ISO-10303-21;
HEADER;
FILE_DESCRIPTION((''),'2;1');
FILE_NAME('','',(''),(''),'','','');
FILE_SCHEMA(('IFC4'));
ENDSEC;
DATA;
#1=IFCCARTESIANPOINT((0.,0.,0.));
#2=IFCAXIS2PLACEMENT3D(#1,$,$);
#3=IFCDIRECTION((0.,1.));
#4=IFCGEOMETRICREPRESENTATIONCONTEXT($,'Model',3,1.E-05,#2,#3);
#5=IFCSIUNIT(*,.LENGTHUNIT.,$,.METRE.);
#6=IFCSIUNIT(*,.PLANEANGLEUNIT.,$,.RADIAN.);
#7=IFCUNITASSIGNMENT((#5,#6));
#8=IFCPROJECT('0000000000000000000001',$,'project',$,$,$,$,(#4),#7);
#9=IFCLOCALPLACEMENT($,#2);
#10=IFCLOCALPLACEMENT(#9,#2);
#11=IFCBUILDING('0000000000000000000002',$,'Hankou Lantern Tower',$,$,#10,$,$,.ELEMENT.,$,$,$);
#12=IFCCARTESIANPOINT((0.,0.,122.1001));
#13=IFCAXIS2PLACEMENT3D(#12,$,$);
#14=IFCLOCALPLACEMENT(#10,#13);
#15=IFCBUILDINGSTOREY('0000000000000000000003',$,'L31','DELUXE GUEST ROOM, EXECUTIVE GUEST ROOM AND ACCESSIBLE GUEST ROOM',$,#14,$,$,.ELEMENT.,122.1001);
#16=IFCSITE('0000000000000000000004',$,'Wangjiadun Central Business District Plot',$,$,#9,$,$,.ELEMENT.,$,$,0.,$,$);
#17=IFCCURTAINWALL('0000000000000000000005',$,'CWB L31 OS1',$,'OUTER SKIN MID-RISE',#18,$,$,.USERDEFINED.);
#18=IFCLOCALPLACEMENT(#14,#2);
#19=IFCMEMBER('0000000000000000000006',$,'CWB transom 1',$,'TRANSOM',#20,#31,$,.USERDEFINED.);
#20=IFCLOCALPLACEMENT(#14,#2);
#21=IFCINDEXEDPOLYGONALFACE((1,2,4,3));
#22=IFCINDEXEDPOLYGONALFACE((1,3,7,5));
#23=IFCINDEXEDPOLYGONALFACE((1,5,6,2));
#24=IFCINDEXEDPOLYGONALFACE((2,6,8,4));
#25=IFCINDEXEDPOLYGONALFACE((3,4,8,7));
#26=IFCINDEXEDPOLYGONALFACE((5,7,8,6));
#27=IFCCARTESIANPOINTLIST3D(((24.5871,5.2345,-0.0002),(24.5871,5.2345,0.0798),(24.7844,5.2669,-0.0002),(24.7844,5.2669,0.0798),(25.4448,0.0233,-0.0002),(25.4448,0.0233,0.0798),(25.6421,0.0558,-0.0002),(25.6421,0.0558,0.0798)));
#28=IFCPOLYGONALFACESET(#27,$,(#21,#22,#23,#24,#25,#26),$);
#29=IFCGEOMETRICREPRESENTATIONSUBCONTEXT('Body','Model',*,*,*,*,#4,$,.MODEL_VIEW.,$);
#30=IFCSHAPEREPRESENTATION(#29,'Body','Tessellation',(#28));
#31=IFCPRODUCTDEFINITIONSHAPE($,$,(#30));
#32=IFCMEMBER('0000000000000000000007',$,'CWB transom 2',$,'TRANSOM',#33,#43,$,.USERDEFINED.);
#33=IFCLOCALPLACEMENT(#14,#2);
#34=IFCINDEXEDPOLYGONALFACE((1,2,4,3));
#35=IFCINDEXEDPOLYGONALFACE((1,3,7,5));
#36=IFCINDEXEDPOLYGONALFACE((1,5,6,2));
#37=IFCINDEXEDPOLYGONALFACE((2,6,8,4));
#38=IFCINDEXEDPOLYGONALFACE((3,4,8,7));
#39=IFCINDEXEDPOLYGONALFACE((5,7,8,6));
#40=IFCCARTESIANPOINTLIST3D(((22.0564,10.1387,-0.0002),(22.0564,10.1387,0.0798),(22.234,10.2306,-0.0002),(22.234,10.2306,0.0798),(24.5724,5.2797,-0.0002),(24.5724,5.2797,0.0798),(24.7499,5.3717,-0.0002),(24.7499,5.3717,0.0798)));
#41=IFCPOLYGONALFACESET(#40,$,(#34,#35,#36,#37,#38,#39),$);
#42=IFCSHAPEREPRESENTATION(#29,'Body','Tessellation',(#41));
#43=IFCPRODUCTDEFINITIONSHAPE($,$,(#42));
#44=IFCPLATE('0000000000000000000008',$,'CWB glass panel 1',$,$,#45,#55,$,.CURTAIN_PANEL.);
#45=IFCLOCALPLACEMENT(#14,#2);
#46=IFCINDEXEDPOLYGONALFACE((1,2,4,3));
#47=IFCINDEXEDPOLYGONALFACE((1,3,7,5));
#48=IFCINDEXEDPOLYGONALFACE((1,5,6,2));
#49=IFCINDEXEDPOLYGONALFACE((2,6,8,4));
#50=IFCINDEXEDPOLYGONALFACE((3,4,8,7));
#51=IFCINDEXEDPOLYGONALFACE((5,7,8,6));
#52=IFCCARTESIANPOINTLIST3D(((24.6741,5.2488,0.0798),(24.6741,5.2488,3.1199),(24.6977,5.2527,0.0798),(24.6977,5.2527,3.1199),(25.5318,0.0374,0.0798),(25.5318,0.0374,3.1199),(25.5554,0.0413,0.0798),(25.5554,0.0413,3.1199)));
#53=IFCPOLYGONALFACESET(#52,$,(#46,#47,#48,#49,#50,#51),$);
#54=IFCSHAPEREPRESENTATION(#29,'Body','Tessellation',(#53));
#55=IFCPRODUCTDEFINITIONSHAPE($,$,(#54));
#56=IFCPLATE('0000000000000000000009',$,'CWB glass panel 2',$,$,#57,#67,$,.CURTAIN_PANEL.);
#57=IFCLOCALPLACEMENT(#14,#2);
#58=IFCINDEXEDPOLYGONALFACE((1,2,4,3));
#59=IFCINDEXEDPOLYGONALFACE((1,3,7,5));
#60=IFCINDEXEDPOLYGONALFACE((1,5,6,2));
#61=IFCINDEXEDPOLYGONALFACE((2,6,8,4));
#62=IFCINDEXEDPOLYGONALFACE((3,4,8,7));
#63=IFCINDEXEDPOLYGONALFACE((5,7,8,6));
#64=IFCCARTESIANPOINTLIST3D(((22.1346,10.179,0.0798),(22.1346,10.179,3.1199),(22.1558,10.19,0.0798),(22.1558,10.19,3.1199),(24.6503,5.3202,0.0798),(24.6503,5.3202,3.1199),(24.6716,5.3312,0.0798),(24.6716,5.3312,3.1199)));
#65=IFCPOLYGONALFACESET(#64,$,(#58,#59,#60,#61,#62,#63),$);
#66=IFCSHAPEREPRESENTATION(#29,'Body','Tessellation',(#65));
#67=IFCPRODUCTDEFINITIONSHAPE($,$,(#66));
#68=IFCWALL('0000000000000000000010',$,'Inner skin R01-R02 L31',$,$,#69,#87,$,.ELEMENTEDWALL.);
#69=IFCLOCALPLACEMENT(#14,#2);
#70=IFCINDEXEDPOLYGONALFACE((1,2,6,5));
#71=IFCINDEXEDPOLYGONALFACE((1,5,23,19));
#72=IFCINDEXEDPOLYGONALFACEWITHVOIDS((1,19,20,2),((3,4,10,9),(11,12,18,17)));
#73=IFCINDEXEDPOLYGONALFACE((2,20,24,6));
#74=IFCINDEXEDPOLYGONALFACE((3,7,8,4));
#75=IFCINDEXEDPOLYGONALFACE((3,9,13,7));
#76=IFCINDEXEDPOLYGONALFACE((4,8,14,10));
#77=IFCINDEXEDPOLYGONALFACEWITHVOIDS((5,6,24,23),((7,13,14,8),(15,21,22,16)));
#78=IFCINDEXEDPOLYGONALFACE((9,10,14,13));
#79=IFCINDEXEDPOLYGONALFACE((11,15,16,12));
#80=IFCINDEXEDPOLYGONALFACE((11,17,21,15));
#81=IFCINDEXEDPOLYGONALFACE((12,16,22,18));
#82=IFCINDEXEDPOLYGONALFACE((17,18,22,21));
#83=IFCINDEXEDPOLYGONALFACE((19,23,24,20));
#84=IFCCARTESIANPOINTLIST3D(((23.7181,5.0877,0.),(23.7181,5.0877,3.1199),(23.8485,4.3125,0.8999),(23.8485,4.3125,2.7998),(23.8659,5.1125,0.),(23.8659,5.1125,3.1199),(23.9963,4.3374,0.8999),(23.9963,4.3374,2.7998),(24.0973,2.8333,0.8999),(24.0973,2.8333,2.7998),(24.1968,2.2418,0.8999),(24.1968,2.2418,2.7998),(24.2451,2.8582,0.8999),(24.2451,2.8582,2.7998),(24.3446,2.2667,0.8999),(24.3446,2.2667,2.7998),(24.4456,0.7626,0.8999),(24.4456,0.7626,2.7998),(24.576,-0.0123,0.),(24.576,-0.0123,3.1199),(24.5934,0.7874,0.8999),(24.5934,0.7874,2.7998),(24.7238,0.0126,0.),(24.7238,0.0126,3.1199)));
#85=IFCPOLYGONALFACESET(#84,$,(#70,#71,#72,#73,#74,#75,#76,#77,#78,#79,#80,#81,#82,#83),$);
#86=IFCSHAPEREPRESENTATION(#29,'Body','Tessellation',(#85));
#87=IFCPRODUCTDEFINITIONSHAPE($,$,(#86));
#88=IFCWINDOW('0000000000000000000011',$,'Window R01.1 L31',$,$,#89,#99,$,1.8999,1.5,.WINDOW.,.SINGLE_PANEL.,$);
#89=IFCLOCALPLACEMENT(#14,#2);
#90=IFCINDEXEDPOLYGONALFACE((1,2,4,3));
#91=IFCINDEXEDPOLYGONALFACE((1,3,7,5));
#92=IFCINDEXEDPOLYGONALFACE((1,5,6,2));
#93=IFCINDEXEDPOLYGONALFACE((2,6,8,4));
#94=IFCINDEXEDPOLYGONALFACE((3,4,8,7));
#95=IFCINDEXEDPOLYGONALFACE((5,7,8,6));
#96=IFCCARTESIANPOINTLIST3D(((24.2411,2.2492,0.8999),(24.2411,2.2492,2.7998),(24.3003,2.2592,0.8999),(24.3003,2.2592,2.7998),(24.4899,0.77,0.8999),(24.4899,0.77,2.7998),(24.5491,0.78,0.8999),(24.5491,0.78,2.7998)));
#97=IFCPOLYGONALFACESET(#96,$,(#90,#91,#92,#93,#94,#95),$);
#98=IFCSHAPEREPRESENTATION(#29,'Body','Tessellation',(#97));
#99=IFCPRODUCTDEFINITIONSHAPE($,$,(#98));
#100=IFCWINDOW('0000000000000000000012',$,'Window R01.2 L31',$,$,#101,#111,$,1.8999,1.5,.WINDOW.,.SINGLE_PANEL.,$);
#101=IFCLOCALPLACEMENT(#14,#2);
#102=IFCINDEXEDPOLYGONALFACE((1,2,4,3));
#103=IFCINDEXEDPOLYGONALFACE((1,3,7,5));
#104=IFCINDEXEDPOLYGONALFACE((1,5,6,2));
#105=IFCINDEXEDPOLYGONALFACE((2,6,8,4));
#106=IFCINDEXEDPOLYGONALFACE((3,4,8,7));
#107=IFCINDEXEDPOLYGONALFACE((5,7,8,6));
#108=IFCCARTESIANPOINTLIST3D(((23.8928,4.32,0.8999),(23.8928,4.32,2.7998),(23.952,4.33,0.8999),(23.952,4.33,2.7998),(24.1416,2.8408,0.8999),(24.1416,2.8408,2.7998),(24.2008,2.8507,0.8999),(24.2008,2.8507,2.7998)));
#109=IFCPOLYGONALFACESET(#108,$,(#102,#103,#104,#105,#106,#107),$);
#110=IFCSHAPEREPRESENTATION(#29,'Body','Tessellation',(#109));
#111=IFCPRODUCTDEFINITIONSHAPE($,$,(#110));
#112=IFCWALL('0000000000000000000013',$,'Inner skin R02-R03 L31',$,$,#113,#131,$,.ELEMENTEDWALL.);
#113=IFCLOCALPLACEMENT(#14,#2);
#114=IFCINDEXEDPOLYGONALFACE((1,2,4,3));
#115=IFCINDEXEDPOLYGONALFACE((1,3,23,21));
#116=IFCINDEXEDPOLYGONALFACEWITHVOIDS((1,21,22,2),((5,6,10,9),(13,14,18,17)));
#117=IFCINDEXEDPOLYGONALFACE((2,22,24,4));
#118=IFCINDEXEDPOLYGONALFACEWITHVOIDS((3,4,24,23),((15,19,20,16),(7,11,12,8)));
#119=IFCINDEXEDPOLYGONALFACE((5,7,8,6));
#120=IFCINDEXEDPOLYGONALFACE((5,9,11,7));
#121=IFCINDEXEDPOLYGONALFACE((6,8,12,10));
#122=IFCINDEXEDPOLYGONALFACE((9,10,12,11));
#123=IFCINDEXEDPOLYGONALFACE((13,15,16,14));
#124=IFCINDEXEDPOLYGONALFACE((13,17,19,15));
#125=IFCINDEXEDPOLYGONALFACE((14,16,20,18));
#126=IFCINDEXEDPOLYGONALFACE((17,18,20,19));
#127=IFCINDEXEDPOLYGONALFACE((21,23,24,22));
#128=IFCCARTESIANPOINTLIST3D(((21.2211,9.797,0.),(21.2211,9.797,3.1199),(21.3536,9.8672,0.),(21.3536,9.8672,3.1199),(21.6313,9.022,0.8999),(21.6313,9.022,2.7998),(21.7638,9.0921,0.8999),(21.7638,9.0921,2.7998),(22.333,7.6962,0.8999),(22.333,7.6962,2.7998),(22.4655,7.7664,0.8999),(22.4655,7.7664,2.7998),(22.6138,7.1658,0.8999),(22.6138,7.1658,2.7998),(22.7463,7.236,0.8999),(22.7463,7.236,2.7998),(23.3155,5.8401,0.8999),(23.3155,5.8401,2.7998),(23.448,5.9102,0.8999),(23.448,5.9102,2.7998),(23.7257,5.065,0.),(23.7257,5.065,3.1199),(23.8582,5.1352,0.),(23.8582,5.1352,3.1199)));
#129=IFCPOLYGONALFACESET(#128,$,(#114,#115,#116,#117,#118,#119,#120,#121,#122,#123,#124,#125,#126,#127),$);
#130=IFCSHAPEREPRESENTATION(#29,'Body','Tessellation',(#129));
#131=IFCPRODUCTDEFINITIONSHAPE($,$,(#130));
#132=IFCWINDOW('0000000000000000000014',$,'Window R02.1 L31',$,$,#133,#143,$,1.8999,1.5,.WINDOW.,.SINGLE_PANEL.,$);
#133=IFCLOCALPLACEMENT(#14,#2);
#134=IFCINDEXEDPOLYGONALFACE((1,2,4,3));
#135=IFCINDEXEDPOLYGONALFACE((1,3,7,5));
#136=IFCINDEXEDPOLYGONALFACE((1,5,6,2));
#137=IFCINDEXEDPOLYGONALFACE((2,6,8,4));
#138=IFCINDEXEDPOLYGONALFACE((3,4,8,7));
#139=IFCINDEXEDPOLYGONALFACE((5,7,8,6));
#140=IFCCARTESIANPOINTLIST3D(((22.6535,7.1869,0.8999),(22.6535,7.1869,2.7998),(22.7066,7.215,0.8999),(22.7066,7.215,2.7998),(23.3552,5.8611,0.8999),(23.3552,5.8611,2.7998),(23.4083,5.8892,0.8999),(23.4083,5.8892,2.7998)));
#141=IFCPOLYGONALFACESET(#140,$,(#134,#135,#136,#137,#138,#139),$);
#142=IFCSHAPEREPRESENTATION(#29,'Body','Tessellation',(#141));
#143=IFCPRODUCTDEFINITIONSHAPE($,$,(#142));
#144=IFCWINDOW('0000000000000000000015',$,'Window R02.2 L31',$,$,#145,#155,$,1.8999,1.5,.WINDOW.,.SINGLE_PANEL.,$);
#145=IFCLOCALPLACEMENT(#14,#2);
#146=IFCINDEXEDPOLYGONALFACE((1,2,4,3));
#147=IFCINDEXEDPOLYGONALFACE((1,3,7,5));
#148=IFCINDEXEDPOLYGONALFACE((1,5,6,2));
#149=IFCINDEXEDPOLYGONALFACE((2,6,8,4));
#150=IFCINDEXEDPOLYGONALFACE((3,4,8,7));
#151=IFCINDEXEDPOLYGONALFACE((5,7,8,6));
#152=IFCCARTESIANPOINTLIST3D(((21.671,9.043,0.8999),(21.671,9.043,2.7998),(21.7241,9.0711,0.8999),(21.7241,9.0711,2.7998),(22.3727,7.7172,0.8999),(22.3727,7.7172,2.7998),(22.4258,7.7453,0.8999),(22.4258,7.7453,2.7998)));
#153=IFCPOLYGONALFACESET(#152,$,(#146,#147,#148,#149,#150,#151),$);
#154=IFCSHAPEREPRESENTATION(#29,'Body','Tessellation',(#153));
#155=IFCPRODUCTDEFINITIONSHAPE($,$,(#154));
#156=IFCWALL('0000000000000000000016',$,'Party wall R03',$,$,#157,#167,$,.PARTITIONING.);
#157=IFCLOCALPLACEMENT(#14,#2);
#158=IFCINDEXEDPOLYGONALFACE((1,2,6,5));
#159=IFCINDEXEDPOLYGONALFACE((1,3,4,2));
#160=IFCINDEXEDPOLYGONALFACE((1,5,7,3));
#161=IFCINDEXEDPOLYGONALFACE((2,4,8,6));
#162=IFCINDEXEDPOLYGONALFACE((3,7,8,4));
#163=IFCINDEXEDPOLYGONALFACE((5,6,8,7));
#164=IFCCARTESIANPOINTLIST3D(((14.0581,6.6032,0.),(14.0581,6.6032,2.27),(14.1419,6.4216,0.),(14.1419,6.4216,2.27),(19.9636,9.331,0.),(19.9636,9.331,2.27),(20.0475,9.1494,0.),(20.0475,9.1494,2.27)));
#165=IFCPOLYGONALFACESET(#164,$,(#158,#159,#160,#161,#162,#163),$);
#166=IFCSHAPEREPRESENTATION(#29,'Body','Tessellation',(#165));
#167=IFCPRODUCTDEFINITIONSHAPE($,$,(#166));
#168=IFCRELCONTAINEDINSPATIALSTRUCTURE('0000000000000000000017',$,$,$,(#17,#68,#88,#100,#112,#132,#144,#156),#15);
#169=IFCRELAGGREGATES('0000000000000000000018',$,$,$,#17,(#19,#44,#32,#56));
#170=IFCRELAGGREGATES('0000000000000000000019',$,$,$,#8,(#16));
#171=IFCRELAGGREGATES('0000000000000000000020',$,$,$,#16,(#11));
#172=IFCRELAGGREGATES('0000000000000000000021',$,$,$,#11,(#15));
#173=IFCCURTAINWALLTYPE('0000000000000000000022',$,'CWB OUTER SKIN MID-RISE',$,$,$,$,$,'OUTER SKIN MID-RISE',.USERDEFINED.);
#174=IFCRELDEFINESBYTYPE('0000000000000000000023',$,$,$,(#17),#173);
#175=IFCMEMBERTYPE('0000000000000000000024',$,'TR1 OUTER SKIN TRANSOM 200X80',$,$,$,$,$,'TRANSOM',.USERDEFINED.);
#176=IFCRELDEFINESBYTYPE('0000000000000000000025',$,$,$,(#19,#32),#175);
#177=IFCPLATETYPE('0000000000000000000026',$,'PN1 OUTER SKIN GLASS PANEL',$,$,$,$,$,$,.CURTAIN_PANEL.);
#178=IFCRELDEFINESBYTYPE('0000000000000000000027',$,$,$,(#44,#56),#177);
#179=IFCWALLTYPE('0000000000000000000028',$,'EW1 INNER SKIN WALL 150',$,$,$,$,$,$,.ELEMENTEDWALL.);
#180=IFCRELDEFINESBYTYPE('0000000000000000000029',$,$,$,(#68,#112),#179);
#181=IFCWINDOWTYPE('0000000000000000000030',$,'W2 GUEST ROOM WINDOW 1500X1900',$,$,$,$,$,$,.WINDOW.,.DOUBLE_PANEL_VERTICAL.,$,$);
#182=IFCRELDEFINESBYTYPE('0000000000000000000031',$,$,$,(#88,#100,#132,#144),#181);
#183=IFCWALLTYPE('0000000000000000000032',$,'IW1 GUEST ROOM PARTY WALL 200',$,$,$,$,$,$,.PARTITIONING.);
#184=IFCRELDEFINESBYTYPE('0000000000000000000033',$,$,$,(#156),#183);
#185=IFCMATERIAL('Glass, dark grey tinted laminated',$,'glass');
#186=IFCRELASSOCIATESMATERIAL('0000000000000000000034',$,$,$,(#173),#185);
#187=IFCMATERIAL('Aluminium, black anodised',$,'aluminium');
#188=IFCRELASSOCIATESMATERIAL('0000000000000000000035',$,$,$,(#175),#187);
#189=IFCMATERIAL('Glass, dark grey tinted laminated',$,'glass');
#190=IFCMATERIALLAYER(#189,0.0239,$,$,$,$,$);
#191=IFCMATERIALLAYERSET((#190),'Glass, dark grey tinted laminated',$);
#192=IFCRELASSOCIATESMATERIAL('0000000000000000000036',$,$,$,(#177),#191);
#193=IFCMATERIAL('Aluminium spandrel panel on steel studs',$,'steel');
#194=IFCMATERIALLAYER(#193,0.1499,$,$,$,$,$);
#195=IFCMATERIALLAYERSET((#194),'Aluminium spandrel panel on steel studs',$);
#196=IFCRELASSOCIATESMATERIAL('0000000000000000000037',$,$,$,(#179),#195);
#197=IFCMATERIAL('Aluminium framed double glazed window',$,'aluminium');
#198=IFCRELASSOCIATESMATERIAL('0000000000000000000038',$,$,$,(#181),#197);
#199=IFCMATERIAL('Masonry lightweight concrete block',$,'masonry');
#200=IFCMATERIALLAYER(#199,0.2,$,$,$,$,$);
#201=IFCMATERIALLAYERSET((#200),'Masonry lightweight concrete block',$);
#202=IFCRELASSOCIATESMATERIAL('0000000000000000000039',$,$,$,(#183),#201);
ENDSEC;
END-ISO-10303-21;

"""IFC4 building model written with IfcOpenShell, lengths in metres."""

from ifc_helpers import new_model, si_unit, direction, frame, frame_2d, origin, origin_2d, place, context, subcontext, project, spatial, rectangle, extrude, material, layer, layer_set, material_profile, profile_set, type_object, element, fill, aggregate, save


model = new_model("IFC4")

# Units and contexts
model_context = context("Model", 3, precision=1e-05, world=origin(), true_north=direction((0.0, 1.0)))
body_context = subcontext(model_context, "Body", "Model", "MODEL_VIEW")
ifc_project = project(units=[si_unit("LENGTHUNIT", "METRE"), si_unit("PLANEANGLEUNIT", "RADIAN")], contexts=[model_context])

# Site, building, storey
site_placement = place(None, origin())
site = spatial("IfcSite", under=ifc_project, at=site_placement, Name="Wangjiadun Central Business District Plot", CompositionType="ELEMENT", RefElevation=0.0)
building_placement = place(site_placement, origin())
building = spatial("IfcBuilding", under=site, at=building_placement, Name="Hankou Lantern Tower", CompositionType="ELEMENT")
storey_placement = place(building_placement, frame((0.0, 0.0, 122.1001)))
storey = spatial("IfcBuildingStorey", under=building, at=storey_placement, Name="L31", Description="DELUXE GUEST ROOM, EXECUTIVE GUEST ROOM AND ACCESSIBLE GUEST ROOM", CompositionType="ELEMENT", Elevation=122.1001)

# Curtain wall
ifc_material_1 = material(Name="Glass, dark grey tinted laminated", Category="glass")
curtain_wall_type = type_object("IfcCurtainWallType", Name="CWB OUTER SKIN MID-RISE", ElementType="OUTER SKIN MID-RISE", PredefinedType="USERDEFINED", material=ifc_material_1)
curtain_wall_placement = place(storey_placement, origin())
curtain_wall = element("IfcCurtainWall", 1, at=curtain_wall_placement, inside=storey, type_object=curtain_wall_type, Name="CWB L31 OS1", ObjectType="OUTER SKIN MID-RISE", PredefinedType="USERDEFINED")

# Members
ifc_material_2 = material(Name="Aluminium, black anodised", Category="aluminium")
ifc_material_profile_1 = material_profile(ifc_material_2, rectangle(XDim=0.2, YDim=0.0801, at=origin_2d()), Name="TR1 200X80")
ifc_profile_set_1 = profile_set([ifc_material_profile_1], Name="Aluminium, black anodised")
member_type_1 = type_object("IfcMemberType", Name="TR1 OUTER SKIN TRANSOM 200X80", ElementType="TRANSOM", PredefinedType="USERDEFINED", material=ifc_profile_set_1)
member_1_placement = place(storey_placement, frame((25.5435, 0.0396, 0.0398), z_axis=(-0.162397, 0.986725, 0.0), x_axis=(-0.986725, -0.162397, 0.0)))
member_1 = element("IfcMember", 2, at=member_1_placement, type_object=member_type_1, Name="CWB transom 1", ObjectType="TRANSOM", PredefinedType="USERDEFINED", context=body_context, shape_type="SweptSolid", body=[
    extrude(rectangle(XDim=0.2, YDim=0.0801, at=origin_2d()), origin(), (0.0, 0.0, 1.0), 5.2812),
])
member_2_placement = place(storey_placement, frame((24.6611, 5.3257, 0.0398), z_axis=(-0.459805, 0.88802, 0.0), x_axis=(-0.88802, -0.459805, 0.0)))
member_2 = element("IfcMember", 3, at=member_2_placement, type_object=member_type_1, Name="CWB transom 2", ObjectType="TRANSOM", PredefinedType="USERDEFINED", context=body_context, shape_type="SweptSolid", body=[
    extrude(rectangle(XDim=0.2, YDim=0.0801, at=origin_2d()), origin(), (0.0, 0.0, 1.0), 5.4717),
])

# Plates
ifc_material_3 = material(Name="Glass, dark grey tinted laminated", Category="glass")
ifc_layer_1 = layer(ifc_material_3, 0.0239)
ifc_layer_set_1 = layer_set([ifc_layer_1], Name="Glass, dark grey tinted laminated")
plate_type = type_object("IfcPlateType", Name="PN1 OUTER SKIN GLASS PANEL", PredefinedType="CURTAIN_PANEL", material=ifc_layer_set_1)
plate_1_placement = place(storey_placement, frame((25.1147, 2.645, 0.0798), z_axis=(0.0, 0.0, 1.0), x_axis=(-0.162382, 0.986728, 0.0)))
plate_1 = element("IfcPlate", 4, at=plate_1_placement, type_object=plate_type, Name="CWB glass panel 1", PredefinedType="CURTAIN_PANEL", context=body_context, shape_type="SweptSolid", body=[
    extrude(rectangle(XDim=5.2815, YDim=0.0239, at=origin_2d()), origin(), (0.0, 0.0, 1.0), 3.04),
])
plate_2_placement = place(storey_placement, frame((23.4031, 7.7551, 0.0798), z_axis=(0.0, 0.0, 1.0), x_axis=(-0.459791, 0.888027, 0.0)))
plate_2 = element("IfcPlate", 5, at=plate_2_placement, type_object=plate_type, Name="CWB glass panel 2", PredefinedType="CURTAIN_PANEL", context=body_context, shape_type="SweptSolid", body=[
    extrude(rectangle(XDim=5.4714, YDim=0.0239, at=origin_2d()), origin(), (0.0, 0.0, 1.0), 3.04),
])
aggregate(curtain_wall, [member_1, plate_1, member_2, plate_2])

# Walls, openings, windows
ifc_material_4 = material(Name="Aluminium spandrel panel on steel studs", Category="steel")
ifc_layer_2 = layer(ifc_material_4, 0.1499)
ifc_layer_set_2 = layer_set([ifc_layer_2], Name="Aluminium spandrel panel on steel studs")
wall_type_1 = type_object("IfcWallType", Name="EW1 INNER SKIN WALL 150", PredefinedType="ELEMENTEDWALL", material=ifc_layer_set_2)
wall_1_placement = place(storey_placement, frame((24.6499, 0.0, 0.0), z_axis=(0.0, 0.0, 1.0), x_axis=(-0.165884, 0.986145, 0.0)))
wall_1 = element("IfcWall", 6, at=wall_1_placement, inside=storey, type_object=wall_type_1, Name="Inner skin R01-R02 L31", PredefinedType="ELEMENTEDWALL", context=body_context, shape_type="SweptSolid", body=[
    extrude(rectangle(XDim=5.1716, YDim=0.1499, at=frame_2d((2.5859, 0.0))), origin(), (0.0, 0.0, 1.0), 3.1199),
])
opening_1_placement = place(wall_1_placement, frame((0.7859, 0.0, 0.8999)))
opening_1 = element("IfcOpeningElement", 7, at=opening_1_placement, cuts=wall_1, PredefinedType="OPENING", context=body_context, shape_type="SweptSolid", body=[
    extrude(rectangle(XDim=1.5, YDim=1.8999, at=frame_2d((0.75, 0.95))), frame((0.0, 0.085, 0.0), z_axis=(0.0, -1.0, 0.0), x_axis=(1.0, 0.0, 0.0)), (0.0, 0.0, 1.0), 0.1699),
])
opening_2_placement = place(wall_1_placement, frame((2.8857, 0.0, 0.8999)))
opening_2 = element("IfcOpeningElement", 8, at=opening_2_placement, cuts=wall_1, PredefinedType="OPENING", context=body_context, shape_type="SweptSolid", body=[
    extrude(rectangle(XDim=1.5, YDim=1.8999, at=frame_2d((0.75, 0.95))), frame((0.0, 0.085, 0.0), z_axis=(0.0, -1.0, 0.0), x_axis=(1.0, 0.0, 0.0)), (0.0, 0.0, 1.0), 0.1699),
])
ifc_material_5 = material(Name="Aluminium framed double glazed window", Category="aluminium")
window_type = type_object("IfcWindowType", Name="W2 GUEST ROOM WINDOW 1500X1900", PartitioningType="DOUBLE_PANEL_VERTICAL", PredefinedType="WINDOW", material=ifc_material_5)
window_1_placement = place(opening_1_placement, origin())
window_1 = element("IfcWindow", 9, at=window_1_placement, inside=storey, type_object=window_type, Name="Window R01.1 L31", OverallHeight=1.8999, OverallWidth=1.5, PartitioningType="SINGLE_PANEL", PredefinedType="WINDOW", context=body_context, shape_type="SweptSolid", body=[
    extrude(rectangle(XDim=1.5, YDim=1.8999, at=frame_2d((0.75, 0.95))), frame((0.0, 0.03, 0.0), z_axis=(0.0, -1.0, 0.0), x_axis=(1.0, 0.0, 0.0)), (0.0, 0.0, 1.0), 0.0601),
])
fill(opening_1, window_1)
window_2_placement = place(opening_2_placement, origin())
window_2 = element("IfcWindow", 10, at=window_2_placement, inside=storey, type_object=window_type, Name="Window R01.2 L31", OverallHeight=1.8999, OverallWidth=1.5, PartitioningType="SINGLE_PANEL", PredefinedType="WINDOW", context=body_context, shape_type="SweptSolid", body=[
    extrude(rectangle(XDim=1.5, YDim=1.8999, at=frame_2d((0.75, 0.95))), frame((0.0, 0.03, 0.0), z_axis=(0.0, -1.0, 0.0), x_axis=(1.0, 0.0, 0.0)), (0.0, 0.0, 1.0), 0.0601),
])
fill(opening_2, window_2)
wall_2_placement = place(storey_placement, frame((23.792, 5.1001, 0.0), z_axis=(0.0, 0.0, 1.0), x_axis=(-0.467814, 0.883827, 0.0)))
wall_2 = element("IfcWall", 11, at=wall_2_placement, inside=storey, type_object=wall_type_1, Name="Inner skin R02-R03 L31", PredefinedType="ELEMENTEDWALL", context=body_context, shape_type="SweptSolid", body=[
    extrude(rectangle(XDim=5.354, YDim=0.1499, at=frame_2d((2.677, 0.0))), origin(), (0.0, 0.0, 1.0), 3.1199),
])
opening_3_placement = place(wall_2_placement, frame((0.877, 0.0, 0.8999)))
opening_3 = element("IfcOpeningElement", 12, at=opening_3_placement, cuts=wall_2, PredefinedType="OPENING", context=body_context, shape_type="SweptSolid", body=[
    extrude(rectangle(XDim=1.5, YDim=1.8999, at=frame_2d((0.75, 0.95))), frame((0.0, 0.085, 0.0), z_axis=(0.0, -1.0, 0.0), x_axis=(1.0, 0.0, 0.0)), (0.0, 0.0, 1.0), 0.1699),
])
opening_4_placement = place(wall_2_placement, frame((2.9771, 0.0, 0.8999)))
opening_4 = element("IfcOpeningElement", 13, at=opening_4_placement, cuts=wall_2, PredefinedType="OPENING", context=body_context, shape_type="SweptSolid", body=[
    extrude(rectangle(XDim=1.5, YDim=1.8999, at=frame_2d((0.75, 0.95))), frame((0.0, 0.085, 0.0), z_axis=(0.0, -1.0, 0.0), x_axis=(1.0, 0.0, 0.0)), (0.0, 0.0, 1.0), 0.1699),
])
window_3_placement = place(opening_3_placement, origin())
window_3 = element("IfcWindow", 14, at=window_3_placement, inside=storey, type_object=window_type, Name="Window R02.1 L31", OverallHeight=1.8999, OverallWidth=1.5, PartitioningType="SINGLE_PANEL", PredefinedType="WINDOW", context=body_context, shape_type="SweptSolid", body=[
    extrude(rectangle(XDim=1.5, YDim=1.8999, at=frame_2d((0.75, 0.95))), frame((0.0, 0.03, 0.0), z_axis=(0.0, -1.0, 0.0), x_axis=(1.0, 0.0, 0.0)), (0.0, 0.0, 1.0), 0.0601),
])
fill(opening_3, window_3)
window_4_placement = place(opening_4_placement, origin())
window_4 = element("IfcWindow", 15, at=window_4_placement, inside=storey, type_object=window_type, Name="Window R02.2 L31", OverallHeight=1.8999, OverallWidth=1.5, PartitioningType="SINGLE_PANEL", PredefinedType="WINDOW", context=body_context, shape_type="SweptSolid", body=[
    extrude(rectangle(XDim=1.5, YDim=1.8999, at=frame_2d((0.75, 0.95))), frame((0.0, 0.03, 0.0), z_axis=(0.0, -1.0, 0.0), x_axis=(1.0, 0.0, 0.0)), (0.0, 0.0, 1.0), 0.0601),
])
fill(opening_4, window_4)

# Wall
ifc_material_6 = material(Name="Masonry lightweight concrete block", Category="masonry")
ifc_layer_3 = layer(ifc_material_6, 0.2)
ifc_layer_set_3 = layer_set([ifc_layer_3], Name="Masonry lightweight concrete block")
wall_type_2 = type_object("IfcWallType", Name="IW1 GUEST ROOM PARTY WALL 200", PredefinedType="PARTITIONING", material=ifc_layer_set_3)
wall_3_placement = place(storey_placement, frame((14.1001, 6.5125, 0.0), z_axis=(0.0, 0.0, 1.0), x_axis=(0.907833, 0.419332, 0.0)))
element("IfcWall", 16, at=wall_3_placement, inside=storey, type_object=wall_type_2, Name="Party wall R03", PredefinedType="PARTITIONING", context=body_context, shape_type="SweptSolid", body=[
    extrude(rectangle(XDim=6.5051, YDim=0.2, at=frame_2d((3.2524, 0.0))), origin(), (0.0, 0.0, 1.0), 2.27),
])

save(model, "model.ifc")
